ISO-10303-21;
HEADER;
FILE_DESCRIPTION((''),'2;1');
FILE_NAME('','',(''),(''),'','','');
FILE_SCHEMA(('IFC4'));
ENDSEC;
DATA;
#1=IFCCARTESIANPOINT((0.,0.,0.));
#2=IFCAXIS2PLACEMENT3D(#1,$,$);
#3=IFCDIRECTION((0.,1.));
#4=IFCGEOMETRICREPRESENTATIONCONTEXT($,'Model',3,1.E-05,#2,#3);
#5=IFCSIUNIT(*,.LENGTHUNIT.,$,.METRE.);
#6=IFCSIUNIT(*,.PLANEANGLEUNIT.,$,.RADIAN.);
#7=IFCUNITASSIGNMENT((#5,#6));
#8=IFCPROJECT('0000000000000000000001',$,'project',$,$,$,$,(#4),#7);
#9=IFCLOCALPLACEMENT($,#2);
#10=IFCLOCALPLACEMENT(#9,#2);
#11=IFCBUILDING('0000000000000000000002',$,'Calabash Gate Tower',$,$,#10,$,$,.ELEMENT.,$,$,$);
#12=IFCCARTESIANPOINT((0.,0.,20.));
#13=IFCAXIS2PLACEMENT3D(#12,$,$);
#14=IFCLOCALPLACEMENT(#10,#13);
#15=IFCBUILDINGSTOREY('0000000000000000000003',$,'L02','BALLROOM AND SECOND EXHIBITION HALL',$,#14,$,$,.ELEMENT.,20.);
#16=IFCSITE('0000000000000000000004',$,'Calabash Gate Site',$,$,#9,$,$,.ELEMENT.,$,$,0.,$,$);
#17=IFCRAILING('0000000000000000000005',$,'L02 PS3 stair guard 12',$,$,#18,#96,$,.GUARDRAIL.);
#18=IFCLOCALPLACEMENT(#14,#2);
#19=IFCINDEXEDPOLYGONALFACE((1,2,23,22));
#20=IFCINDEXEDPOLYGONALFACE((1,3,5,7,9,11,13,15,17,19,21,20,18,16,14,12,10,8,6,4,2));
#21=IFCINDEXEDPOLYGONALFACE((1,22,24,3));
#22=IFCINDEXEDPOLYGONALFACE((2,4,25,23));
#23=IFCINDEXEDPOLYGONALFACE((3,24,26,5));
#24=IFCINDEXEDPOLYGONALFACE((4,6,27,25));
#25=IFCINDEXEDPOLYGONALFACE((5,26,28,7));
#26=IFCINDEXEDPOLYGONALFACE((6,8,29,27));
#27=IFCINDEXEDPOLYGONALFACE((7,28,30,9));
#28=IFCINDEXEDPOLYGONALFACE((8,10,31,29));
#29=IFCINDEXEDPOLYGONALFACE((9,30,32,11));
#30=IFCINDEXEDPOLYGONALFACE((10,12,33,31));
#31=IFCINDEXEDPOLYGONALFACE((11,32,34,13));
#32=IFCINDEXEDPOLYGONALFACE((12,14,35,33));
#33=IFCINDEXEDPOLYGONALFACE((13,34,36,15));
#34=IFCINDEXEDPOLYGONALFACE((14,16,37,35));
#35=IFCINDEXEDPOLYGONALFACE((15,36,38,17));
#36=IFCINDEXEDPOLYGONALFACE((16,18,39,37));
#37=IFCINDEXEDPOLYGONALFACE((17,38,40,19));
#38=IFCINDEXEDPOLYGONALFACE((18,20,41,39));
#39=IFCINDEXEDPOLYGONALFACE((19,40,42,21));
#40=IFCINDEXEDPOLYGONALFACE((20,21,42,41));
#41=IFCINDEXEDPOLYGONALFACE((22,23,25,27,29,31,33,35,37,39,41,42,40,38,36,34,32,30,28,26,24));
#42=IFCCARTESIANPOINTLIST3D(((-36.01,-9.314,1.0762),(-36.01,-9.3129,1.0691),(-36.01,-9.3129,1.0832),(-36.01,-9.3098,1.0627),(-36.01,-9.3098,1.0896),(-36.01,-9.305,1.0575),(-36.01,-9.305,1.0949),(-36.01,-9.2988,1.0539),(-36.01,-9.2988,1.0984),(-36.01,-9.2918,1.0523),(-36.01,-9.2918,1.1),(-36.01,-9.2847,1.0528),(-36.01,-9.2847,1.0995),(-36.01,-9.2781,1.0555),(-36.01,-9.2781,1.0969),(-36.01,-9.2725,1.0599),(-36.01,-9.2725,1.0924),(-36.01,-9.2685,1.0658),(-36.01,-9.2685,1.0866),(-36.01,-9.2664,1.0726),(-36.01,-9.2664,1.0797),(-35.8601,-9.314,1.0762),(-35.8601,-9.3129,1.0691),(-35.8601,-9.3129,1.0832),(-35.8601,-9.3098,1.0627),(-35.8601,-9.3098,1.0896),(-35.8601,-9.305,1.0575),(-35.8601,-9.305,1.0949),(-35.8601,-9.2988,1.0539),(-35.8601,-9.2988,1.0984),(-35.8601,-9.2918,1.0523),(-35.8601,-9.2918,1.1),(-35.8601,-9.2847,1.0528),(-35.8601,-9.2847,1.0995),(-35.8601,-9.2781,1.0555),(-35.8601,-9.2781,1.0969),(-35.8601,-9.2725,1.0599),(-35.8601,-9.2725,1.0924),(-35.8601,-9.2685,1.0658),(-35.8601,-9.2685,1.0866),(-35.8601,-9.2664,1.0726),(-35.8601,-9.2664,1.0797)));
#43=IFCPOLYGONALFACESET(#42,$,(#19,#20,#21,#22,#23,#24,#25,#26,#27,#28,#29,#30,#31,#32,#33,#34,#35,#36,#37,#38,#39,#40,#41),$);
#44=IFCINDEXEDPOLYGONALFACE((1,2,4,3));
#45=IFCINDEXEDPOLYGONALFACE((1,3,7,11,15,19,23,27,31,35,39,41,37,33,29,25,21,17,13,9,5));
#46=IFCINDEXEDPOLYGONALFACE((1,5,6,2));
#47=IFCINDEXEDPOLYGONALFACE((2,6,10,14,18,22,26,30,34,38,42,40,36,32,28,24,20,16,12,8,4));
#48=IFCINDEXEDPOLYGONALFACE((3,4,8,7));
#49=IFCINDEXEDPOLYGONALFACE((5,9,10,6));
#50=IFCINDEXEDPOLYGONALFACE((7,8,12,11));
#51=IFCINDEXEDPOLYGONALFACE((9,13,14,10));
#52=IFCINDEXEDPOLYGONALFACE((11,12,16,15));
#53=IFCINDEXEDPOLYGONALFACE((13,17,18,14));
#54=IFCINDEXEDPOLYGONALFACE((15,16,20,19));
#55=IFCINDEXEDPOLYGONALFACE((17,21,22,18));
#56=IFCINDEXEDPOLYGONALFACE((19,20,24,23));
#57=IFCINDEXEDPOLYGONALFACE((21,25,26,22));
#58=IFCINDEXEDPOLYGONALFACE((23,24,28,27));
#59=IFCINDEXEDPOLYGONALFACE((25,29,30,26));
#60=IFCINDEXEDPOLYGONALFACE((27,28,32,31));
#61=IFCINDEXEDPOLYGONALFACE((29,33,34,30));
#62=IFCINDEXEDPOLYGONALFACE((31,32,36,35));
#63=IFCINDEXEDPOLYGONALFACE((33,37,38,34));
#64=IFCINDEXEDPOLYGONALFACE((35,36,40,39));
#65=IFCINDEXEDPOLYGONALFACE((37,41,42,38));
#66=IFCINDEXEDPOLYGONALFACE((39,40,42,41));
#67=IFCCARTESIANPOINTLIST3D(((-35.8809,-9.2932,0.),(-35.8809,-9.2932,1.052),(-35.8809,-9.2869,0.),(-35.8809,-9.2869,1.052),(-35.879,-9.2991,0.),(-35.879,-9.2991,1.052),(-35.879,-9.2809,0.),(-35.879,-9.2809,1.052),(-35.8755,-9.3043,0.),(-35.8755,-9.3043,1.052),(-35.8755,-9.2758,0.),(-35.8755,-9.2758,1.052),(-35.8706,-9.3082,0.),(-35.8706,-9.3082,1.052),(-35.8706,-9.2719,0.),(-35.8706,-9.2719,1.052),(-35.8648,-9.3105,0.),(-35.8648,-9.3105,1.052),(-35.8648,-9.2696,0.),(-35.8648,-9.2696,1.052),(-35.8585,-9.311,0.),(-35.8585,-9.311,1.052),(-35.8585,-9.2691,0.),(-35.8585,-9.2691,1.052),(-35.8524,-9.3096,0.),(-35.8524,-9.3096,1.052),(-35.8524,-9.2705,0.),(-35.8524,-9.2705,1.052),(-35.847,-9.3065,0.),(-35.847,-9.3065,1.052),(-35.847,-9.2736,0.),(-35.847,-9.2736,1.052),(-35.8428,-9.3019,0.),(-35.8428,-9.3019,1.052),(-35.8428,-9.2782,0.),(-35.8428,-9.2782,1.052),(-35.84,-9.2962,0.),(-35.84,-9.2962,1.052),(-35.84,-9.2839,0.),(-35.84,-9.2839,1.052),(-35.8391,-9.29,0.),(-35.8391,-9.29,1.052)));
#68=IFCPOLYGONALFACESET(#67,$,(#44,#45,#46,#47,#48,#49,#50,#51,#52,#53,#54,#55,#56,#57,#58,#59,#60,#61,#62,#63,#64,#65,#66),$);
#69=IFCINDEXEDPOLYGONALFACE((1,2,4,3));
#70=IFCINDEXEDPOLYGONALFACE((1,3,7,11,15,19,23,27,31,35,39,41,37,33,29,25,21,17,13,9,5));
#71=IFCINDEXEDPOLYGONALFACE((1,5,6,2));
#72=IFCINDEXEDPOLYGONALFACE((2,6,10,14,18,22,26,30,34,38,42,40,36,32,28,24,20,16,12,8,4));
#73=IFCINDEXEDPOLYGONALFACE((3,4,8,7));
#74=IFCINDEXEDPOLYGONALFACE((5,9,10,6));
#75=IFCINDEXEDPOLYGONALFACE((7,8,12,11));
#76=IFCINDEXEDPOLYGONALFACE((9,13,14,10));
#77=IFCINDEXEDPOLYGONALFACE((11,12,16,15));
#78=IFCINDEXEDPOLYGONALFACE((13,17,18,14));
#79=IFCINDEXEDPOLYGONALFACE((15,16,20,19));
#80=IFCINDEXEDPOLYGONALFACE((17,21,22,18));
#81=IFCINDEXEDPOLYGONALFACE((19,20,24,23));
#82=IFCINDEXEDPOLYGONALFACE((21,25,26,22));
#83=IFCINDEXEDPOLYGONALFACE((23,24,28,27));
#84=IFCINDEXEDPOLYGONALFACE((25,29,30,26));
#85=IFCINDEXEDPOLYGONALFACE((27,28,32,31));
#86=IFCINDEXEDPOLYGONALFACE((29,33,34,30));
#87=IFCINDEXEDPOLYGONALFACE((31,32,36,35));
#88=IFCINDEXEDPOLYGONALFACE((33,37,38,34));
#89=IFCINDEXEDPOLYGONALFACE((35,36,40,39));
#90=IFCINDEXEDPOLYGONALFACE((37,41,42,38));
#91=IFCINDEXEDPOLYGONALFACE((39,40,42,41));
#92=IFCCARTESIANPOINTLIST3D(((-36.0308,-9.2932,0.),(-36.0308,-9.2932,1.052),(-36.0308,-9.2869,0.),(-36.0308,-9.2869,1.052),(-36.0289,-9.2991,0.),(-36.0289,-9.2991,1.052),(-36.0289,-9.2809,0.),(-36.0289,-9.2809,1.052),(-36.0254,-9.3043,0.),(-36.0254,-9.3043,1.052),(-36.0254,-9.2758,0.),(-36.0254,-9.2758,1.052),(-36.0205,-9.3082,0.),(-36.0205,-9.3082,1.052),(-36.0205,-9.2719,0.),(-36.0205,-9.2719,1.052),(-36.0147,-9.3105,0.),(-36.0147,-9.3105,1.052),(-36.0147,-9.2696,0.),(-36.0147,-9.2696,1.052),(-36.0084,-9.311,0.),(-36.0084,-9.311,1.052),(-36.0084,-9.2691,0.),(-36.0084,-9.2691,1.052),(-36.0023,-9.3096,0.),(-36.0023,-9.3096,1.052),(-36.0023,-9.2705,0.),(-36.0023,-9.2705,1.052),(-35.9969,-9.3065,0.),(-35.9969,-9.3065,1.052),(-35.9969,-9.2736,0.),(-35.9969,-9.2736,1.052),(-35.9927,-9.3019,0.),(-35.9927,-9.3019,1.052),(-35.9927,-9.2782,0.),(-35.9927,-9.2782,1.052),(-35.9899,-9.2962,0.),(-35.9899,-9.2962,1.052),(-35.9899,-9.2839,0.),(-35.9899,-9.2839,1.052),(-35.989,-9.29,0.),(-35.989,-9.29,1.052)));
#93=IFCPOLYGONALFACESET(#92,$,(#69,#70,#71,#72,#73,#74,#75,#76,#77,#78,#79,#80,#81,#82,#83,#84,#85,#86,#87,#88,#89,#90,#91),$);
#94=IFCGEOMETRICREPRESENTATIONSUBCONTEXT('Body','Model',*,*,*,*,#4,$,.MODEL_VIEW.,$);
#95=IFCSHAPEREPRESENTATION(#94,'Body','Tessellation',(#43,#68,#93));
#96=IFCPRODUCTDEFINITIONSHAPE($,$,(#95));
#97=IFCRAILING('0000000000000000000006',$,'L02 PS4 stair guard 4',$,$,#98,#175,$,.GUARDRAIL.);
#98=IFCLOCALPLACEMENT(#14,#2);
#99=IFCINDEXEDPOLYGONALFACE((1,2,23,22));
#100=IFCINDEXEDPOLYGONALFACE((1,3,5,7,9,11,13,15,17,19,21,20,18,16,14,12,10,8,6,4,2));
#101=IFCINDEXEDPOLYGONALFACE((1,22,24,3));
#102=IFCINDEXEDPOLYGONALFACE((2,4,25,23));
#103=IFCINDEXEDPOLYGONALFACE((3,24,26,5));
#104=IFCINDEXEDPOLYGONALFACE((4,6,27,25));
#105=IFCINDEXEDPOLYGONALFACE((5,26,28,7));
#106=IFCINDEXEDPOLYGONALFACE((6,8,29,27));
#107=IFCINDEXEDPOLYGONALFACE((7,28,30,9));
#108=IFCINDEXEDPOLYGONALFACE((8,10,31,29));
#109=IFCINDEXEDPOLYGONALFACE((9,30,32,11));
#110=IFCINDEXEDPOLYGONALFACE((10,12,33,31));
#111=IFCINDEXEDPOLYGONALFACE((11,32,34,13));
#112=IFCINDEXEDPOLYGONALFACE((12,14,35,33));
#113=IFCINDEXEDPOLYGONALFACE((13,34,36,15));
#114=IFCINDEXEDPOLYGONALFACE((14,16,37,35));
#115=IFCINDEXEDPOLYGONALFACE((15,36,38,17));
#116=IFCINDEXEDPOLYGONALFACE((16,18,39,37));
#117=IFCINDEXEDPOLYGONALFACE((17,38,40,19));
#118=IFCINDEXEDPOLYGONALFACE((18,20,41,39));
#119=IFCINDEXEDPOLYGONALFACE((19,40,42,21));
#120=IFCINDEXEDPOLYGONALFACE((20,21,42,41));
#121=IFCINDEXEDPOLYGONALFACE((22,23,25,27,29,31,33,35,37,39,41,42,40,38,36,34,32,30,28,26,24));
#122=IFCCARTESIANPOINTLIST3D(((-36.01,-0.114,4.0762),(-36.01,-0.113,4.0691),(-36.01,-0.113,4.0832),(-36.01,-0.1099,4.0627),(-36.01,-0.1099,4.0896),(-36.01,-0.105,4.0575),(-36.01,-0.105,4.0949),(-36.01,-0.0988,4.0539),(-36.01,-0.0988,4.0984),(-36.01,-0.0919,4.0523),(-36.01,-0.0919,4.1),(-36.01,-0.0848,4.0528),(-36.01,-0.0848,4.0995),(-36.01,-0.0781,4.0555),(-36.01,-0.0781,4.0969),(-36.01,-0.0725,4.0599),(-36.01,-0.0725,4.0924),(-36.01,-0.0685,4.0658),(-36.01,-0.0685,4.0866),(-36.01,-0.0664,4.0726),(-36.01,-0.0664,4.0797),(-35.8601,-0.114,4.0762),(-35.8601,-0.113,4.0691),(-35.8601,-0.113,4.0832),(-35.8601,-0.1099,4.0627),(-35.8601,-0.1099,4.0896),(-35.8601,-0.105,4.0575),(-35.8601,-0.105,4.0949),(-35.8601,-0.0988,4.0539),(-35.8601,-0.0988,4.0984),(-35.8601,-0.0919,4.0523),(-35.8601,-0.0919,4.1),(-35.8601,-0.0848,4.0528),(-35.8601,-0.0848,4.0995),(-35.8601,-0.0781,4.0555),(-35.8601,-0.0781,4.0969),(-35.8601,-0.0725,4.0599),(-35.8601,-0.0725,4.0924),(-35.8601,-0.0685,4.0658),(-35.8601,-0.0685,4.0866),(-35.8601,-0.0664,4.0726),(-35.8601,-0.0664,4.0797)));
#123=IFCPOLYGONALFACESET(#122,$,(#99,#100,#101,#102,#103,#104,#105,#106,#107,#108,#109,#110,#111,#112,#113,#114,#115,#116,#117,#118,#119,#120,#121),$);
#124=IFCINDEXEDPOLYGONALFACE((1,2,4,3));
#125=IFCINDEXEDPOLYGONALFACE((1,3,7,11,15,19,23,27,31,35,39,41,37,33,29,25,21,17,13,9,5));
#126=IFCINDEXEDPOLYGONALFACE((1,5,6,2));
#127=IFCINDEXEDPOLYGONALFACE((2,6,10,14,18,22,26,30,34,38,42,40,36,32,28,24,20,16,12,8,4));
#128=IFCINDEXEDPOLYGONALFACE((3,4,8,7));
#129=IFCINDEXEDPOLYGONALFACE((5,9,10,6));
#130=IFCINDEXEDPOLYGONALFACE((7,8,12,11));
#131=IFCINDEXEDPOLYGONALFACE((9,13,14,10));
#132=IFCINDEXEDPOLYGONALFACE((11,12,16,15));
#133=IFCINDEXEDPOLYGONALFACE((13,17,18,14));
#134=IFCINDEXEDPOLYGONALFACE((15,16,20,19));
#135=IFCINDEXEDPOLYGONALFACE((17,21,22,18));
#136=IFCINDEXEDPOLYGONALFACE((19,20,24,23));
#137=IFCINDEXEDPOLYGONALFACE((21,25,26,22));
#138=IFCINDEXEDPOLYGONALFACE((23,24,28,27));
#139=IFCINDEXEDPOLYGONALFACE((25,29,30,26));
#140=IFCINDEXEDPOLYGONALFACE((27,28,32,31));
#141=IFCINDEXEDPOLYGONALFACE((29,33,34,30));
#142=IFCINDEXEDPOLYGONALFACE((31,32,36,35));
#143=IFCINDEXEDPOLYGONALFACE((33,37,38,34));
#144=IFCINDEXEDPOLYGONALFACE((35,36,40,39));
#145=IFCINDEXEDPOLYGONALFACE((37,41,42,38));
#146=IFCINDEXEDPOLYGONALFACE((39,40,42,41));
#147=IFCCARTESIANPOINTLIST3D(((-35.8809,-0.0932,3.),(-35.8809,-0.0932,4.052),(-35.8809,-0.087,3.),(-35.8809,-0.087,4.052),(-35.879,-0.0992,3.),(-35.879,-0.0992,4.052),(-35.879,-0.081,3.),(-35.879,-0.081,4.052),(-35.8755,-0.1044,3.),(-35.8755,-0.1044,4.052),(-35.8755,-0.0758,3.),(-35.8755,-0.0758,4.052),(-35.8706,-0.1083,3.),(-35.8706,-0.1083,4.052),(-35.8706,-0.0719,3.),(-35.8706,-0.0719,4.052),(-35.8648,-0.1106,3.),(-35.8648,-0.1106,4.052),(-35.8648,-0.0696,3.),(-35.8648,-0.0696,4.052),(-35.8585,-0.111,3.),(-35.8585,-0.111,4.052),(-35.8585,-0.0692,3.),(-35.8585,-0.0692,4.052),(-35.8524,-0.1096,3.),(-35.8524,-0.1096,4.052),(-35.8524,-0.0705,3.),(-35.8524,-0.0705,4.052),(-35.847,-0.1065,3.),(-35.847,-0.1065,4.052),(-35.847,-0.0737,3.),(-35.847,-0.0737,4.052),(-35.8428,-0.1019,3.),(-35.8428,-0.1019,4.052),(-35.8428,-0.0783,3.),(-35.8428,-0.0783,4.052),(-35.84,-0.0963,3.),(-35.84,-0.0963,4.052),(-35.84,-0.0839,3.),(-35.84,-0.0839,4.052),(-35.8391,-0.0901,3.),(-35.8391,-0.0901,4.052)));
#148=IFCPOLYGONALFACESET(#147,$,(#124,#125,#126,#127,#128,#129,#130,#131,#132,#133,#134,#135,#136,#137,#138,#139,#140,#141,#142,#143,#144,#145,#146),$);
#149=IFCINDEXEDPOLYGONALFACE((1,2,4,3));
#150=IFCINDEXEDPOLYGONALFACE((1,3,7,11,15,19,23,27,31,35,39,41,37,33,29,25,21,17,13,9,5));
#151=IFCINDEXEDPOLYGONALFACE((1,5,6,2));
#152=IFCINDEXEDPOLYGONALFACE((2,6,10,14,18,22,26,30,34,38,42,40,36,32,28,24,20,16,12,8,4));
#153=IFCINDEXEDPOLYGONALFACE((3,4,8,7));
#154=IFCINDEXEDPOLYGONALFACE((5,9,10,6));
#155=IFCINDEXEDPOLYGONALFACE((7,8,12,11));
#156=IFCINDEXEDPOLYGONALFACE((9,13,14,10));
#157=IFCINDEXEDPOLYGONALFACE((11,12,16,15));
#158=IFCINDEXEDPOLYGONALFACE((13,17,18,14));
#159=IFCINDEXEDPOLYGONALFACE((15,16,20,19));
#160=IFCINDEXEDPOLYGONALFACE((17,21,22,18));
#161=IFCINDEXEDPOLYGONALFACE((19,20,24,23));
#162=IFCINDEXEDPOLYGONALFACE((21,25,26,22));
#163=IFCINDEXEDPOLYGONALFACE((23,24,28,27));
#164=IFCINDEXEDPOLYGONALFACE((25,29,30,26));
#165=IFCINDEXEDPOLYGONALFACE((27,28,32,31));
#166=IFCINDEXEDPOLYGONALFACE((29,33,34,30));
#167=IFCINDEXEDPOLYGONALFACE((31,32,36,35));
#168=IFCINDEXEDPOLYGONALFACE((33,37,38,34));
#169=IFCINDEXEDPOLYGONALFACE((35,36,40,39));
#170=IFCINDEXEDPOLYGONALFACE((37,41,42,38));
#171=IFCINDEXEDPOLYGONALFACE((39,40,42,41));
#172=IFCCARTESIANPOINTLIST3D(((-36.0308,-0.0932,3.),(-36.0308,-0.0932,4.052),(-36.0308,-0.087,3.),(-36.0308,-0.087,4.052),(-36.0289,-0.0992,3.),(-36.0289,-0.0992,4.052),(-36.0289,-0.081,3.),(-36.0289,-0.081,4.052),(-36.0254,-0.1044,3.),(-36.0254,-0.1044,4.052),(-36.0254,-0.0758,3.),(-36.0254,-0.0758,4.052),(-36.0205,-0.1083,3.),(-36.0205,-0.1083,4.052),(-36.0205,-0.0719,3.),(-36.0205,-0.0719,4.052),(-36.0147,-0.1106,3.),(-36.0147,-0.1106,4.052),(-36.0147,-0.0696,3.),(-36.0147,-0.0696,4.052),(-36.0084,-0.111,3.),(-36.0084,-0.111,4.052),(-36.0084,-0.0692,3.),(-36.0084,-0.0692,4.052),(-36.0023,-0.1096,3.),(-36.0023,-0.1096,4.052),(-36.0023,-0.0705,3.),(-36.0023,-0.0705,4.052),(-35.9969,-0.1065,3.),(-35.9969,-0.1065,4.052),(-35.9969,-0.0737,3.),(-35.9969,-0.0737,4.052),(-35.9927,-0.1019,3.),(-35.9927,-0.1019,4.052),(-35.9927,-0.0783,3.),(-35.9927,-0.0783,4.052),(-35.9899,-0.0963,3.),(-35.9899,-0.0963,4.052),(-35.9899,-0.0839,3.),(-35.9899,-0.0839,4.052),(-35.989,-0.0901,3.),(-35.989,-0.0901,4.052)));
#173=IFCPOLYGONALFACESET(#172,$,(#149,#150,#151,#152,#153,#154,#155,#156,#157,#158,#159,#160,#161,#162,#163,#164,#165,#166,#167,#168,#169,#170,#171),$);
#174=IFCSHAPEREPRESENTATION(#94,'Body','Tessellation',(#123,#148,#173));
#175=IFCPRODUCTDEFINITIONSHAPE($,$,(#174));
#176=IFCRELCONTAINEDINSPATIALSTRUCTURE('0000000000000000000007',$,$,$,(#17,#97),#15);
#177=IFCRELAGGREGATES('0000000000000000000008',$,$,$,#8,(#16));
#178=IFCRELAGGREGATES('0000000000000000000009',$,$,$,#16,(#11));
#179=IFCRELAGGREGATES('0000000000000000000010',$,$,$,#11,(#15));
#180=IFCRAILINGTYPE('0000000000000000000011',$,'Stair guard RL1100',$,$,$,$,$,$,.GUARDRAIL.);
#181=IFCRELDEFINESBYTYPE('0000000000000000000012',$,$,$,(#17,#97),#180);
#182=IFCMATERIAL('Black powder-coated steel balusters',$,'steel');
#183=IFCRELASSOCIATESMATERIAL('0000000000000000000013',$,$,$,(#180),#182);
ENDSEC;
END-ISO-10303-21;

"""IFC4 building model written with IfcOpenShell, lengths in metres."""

from ifc_helpers import new_model, si_unit, direction, frame, origin, origin_2d, place, context, subcontext, project, spatial, circle, extrude, material, type_object, element, save


model = new_model("IFC4")

# Units and contexts
model_context = context("Model", 3, precision=1e-05, world=origin(), true_north=direction((0.0, 1.0)))
body_context = subcontext(model_context, "Body", "Model", "MODEL_VIEW")
ifc_project = project(units=[si_unit("LENGTHUNIT", "METRE"), si_unit("PLANEANGLEUNIT", "RADIAN")], contexts=[model_context])

# Site, building, storey
site_placement = place(None, origin())
site = spatial("IfcSite", under=ifc_project, at=site_placement, Name="Calabash Gate Site", CompositionType="ELEMENT", RefElevation=0.0)
building_placement = place(site_placement, origin())
building = spatial("IfcBuilding", under=site, at=building_placement, Name="Calabash Gate Tower", CompositionType="ELEMENT")
storey_placement = place(building_placement, frame((0.0, 0.0, 20.0)))
storey = spatial("IfcBuildingStorey", under=building, at=storey_placement, Name="L02", Description="BALLROOM AND SECOND EXHIBITION HALL", CompositionType="ELEMENT", Elevation=20.0)

# Railings
ifc_material_1 = material(Name="Black powder-coated steel balusters", Category="steel")
railing_type_1 = type_object("IfcRailingType", Name="Stair guard RL1100", PredefinedType="GUARDRAIL", material=ifc_material_1)
for number, where, name in (
    (1, (-35.8601, -9.29, 0.0), "L02 PS3 stair guard 12"),
    (2, (-35.8601, -0.0901, 3.0), "L02 PS4 stair guard 4"),
):
    element("IfcRailing", number, at=place(storey_placement, frame(where)), inside=storey, type_object=railing_type_1, Name=name, PredefinedType="GUARDRAIL", context=body_context, shape_type="SweptSolid", body=[
        extrude(circle(Radius=0.0239, at=origin_2d()), frame((0.0, 0.0, 1.0762), z_axis=(-1.0, 0.0, 0.0), x_axis=(0.0, -1.0, 0.0)), (0.0, 0.0, 1.0), 0.1499),
        extrude(circle(Radius=0.021, at=origin_2d()), origin(), (0.0, 0.0, 1.0), 1.052),
        extrude(circle(Radius=0.021, at=origin_2d()), frame((-0.1499, 0.0, 0.0)), (0.0, 0.0, 1.0), 1.052),
    ])

save(model, "model.ifc")
